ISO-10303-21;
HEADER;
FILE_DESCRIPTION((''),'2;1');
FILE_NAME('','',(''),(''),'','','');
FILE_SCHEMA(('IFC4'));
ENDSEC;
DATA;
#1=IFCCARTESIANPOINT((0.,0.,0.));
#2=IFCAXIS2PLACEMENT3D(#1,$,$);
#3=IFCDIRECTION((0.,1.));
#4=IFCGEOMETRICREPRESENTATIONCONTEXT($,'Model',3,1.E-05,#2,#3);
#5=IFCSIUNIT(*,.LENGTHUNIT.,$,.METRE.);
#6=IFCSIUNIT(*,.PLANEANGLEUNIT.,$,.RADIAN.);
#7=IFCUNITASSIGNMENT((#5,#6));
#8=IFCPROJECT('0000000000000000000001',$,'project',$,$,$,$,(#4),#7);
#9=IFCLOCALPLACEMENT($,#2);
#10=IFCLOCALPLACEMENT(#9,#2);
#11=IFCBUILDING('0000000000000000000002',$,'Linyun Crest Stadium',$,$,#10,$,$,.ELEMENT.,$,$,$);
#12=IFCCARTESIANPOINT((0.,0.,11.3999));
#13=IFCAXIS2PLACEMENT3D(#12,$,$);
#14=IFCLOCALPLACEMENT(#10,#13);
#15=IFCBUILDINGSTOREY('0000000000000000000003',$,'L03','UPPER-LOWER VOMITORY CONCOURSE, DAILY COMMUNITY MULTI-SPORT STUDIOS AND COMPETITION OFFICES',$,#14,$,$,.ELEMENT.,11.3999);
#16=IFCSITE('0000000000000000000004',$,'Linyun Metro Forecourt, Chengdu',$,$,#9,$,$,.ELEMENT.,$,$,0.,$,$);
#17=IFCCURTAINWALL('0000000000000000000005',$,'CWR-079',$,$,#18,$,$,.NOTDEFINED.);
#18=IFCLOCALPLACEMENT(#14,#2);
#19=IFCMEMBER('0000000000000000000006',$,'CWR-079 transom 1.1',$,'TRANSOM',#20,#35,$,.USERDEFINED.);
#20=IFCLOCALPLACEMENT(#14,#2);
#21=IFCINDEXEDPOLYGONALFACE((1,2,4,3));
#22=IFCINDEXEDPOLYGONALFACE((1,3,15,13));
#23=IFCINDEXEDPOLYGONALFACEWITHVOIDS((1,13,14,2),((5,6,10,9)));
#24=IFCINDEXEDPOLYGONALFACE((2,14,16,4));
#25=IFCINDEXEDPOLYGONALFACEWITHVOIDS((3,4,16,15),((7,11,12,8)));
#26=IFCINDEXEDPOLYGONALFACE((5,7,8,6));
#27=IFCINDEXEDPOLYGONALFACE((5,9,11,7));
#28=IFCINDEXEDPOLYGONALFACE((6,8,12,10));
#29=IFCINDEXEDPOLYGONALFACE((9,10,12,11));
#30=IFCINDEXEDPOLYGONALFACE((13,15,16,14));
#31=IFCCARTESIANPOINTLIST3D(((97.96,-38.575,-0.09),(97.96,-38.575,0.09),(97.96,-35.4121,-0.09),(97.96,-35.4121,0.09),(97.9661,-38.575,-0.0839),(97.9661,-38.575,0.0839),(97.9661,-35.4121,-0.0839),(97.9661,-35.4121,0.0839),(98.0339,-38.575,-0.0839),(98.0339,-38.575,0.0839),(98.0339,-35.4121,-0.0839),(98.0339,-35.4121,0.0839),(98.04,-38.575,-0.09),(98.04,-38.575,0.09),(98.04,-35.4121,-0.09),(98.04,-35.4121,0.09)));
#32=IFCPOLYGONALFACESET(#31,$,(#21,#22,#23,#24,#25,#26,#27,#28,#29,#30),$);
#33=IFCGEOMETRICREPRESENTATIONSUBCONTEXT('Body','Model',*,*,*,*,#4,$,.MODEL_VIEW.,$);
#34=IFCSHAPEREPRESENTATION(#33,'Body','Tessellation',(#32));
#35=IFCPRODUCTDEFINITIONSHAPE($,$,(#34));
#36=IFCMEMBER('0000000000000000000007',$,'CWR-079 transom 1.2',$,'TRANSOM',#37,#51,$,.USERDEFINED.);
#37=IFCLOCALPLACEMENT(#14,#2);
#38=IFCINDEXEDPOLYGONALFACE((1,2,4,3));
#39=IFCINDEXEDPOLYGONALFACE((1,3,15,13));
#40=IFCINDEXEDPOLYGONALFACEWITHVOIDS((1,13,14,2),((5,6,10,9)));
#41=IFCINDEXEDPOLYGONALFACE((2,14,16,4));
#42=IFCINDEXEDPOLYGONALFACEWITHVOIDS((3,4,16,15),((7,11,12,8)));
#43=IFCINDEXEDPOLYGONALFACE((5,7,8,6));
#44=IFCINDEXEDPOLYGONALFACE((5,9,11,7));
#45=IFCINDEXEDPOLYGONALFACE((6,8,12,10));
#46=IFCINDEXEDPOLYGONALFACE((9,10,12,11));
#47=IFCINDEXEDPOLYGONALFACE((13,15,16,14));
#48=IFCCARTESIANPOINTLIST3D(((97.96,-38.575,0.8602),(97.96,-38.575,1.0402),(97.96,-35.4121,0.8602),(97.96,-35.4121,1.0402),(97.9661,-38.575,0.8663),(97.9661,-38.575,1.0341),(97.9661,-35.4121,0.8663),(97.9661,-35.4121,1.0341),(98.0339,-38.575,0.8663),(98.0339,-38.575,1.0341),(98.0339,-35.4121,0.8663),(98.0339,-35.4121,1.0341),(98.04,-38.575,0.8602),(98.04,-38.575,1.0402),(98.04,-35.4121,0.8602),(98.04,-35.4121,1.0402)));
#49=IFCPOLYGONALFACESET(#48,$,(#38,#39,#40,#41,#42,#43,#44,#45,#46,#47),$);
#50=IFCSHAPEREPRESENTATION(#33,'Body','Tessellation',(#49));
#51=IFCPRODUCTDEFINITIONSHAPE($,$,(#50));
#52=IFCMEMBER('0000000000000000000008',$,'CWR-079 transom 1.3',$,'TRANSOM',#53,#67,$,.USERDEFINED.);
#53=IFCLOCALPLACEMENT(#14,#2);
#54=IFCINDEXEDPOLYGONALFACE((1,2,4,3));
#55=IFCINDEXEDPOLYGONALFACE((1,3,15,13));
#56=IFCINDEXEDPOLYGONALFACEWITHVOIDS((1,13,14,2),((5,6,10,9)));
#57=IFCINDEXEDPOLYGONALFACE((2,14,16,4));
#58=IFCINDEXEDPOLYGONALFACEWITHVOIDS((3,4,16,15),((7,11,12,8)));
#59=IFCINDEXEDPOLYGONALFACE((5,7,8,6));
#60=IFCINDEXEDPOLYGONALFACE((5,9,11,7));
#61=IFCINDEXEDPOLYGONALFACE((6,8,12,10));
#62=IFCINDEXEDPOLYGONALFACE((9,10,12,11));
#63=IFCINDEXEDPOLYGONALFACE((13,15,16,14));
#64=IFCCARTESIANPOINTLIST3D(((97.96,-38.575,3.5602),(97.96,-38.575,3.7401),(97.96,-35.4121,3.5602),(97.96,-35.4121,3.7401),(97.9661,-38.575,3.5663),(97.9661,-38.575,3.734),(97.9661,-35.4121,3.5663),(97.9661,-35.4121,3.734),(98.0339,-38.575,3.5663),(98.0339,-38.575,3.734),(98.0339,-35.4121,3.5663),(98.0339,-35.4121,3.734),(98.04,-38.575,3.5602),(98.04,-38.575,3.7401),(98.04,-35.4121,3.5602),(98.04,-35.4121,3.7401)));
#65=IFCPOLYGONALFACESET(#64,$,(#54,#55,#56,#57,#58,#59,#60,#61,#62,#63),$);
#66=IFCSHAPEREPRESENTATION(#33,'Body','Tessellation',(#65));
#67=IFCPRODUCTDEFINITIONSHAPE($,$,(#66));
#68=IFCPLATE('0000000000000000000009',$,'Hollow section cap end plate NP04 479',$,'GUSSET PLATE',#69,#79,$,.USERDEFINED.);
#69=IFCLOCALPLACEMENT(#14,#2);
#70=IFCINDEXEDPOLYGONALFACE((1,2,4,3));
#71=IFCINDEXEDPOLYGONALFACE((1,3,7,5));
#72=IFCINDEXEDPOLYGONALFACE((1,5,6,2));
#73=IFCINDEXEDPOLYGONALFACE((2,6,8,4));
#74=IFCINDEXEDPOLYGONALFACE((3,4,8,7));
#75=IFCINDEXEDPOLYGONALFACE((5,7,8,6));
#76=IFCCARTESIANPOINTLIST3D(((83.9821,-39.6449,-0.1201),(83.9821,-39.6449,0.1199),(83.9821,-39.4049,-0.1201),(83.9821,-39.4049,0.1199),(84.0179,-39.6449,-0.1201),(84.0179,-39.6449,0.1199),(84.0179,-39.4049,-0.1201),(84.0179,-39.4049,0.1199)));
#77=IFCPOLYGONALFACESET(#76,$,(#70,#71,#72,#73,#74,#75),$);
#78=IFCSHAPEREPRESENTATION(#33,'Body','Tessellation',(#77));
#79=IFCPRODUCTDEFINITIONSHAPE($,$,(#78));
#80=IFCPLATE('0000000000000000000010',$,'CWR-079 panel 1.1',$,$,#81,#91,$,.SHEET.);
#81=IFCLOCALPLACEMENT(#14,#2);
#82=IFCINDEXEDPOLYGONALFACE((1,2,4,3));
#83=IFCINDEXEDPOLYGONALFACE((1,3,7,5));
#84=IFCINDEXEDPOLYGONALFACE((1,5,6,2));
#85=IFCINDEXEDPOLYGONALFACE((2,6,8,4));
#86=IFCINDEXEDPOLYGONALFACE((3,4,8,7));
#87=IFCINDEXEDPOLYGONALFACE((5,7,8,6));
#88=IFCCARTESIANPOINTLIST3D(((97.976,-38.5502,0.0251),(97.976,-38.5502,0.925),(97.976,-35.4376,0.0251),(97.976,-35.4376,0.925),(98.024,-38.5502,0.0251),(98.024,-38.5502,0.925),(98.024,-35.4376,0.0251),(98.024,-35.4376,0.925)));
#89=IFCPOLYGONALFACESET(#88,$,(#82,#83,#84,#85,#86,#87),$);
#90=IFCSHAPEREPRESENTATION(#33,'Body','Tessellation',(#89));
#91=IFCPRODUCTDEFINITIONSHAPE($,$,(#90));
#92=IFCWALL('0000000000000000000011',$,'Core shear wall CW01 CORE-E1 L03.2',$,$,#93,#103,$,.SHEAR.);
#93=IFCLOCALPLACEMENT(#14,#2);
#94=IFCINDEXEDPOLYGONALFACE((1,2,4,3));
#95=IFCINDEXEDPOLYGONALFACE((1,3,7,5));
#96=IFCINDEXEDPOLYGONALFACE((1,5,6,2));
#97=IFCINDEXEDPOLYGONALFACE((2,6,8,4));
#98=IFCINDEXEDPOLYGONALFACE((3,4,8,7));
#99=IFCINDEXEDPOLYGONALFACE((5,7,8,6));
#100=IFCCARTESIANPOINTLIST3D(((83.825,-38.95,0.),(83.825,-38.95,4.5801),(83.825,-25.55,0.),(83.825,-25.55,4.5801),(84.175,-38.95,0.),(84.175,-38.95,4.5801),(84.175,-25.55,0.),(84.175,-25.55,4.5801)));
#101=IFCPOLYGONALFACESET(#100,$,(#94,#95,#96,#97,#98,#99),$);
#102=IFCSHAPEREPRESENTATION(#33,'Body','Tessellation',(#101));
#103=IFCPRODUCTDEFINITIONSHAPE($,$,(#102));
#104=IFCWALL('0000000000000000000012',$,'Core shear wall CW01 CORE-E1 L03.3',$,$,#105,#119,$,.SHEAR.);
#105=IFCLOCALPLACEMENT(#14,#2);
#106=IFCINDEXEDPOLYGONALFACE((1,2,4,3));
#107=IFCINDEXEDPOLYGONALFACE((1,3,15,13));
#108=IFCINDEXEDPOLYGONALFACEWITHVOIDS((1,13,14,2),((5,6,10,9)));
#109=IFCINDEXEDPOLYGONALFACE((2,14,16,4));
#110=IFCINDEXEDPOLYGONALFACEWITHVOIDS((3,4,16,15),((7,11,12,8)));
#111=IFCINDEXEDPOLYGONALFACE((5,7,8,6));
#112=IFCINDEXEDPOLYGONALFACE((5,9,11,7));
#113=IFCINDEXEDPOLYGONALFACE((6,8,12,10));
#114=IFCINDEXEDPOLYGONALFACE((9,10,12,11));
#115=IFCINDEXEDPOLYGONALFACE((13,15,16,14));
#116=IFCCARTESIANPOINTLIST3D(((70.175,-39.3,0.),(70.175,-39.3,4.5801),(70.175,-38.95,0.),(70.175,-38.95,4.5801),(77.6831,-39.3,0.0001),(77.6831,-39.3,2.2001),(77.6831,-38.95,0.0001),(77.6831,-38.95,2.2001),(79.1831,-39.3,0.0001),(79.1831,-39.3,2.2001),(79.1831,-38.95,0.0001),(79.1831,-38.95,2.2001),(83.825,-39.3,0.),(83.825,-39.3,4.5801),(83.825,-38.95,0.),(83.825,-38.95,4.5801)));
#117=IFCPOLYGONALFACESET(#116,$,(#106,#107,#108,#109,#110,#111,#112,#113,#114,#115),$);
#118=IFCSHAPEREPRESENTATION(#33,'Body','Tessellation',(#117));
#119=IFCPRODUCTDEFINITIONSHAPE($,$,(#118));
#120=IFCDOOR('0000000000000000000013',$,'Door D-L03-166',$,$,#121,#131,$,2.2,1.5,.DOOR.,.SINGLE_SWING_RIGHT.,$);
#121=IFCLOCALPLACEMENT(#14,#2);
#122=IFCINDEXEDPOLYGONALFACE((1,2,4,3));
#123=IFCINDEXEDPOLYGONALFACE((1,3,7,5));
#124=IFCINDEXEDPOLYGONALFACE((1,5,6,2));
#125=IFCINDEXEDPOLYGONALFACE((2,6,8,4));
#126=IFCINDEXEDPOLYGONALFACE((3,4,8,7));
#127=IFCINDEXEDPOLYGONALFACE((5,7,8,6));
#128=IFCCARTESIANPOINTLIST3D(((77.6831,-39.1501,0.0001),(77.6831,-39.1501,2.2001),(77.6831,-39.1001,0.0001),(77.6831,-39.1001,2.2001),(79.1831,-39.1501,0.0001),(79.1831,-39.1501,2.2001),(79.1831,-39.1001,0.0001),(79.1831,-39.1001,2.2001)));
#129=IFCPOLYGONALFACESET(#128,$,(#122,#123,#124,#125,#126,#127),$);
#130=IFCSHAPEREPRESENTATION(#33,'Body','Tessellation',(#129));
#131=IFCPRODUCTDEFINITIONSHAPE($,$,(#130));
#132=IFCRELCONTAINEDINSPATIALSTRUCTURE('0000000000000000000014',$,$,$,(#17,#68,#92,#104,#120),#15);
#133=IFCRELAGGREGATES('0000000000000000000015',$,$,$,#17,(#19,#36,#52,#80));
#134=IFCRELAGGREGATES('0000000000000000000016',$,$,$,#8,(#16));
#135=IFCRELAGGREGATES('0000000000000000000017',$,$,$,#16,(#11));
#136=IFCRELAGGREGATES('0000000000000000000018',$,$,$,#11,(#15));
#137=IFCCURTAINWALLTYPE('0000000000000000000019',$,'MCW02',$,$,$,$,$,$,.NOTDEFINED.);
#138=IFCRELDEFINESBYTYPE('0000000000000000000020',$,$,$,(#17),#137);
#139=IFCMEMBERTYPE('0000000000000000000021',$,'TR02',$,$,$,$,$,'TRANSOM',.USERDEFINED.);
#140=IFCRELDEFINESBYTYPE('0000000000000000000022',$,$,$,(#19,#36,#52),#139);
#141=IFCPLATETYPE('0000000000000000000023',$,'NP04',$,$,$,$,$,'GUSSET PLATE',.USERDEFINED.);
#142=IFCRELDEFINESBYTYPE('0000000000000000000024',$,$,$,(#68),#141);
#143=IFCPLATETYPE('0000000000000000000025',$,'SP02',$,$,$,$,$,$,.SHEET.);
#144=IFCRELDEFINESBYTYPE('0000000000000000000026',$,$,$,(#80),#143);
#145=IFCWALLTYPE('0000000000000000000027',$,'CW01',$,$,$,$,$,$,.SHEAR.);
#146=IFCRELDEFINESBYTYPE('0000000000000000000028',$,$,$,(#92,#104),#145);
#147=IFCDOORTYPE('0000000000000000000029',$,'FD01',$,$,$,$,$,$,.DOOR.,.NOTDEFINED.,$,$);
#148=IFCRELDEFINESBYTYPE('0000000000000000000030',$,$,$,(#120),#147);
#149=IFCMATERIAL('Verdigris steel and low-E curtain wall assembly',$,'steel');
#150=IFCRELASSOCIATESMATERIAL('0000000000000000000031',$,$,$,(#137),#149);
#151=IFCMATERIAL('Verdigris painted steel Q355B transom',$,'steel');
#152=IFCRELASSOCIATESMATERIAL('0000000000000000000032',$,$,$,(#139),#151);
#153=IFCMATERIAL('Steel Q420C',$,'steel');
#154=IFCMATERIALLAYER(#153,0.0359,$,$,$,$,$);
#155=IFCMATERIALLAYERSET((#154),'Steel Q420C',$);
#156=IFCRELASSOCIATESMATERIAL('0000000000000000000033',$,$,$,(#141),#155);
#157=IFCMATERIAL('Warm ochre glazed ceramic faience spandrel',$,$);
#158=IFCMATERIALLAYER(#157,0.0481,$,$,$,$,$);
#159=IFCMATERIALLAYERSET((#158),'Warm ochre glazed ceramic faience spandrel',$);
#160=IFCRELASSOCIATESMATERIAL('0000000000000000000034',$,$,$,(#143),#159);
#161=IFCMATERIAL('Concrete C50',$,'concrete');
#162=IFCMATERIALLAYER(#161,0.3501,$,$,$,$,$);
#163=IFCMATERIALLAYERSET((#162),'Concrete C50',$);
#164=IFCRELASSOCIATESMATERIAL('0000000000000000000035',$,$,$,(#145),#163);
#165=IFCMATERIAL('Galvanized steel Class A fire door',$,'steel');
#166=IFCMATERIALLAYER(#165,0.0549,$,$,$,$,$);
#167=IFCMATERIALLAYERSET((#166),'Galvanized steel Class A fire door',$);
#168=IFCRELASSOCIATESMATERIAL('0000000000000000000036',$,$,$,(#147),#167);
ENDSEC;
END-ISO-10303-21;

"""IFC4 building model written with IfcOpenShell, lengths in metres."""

from ifc_helpers import new_model, si_unit, direction, frame, frame_2d, origin, origin_2d, place, context, subcontext, project, spatial, rectangle, hollow_rectangle, extrude, material, layer, layer_set, material_profile, profile_set, type_object, element, fill, aggregate, save


model = new_model("IFC4")

# Units and contexts
model_context = context("Model", 3, precision=1e-05, world=origin(), true_north=direction((0.0, 1.0)))
body_context = subcontext(model_context, "Body", "Model", "MODEL_VIEW")
ifc_project = project(units=[si_unit("LENGTHUNIT", "METRE"), si_unit("PLANEANGLEUNIT", "RADIAN")], contexts=[model_context])

# Site, building, storey
site_placement = place(None, origin())
site = spatial("IfcSite", under=ifc_project, at=site_placement, Name="Linyun Metro Forecourt, Chengdu", CompositionType="ELEMENT", RefElevation=0.0)
building_placement = place(site_placement, origin())
building = spatial("IfcBuilding", under=site, at=building_placement, Name="Linyun Crest Stadium", CompositionType="ELEMENT")
storey_placement = place(building_placement, frame((0.0, 0.0, 11.3999)))
storey = spatial("IfcBuildingStorey", under=building, at=storey_placement, Name="L03", Description="UPPER-LOWER VOMITORY CONCOURSE, DAILY COMMUNITY MULTI-SPORT STUDIOS AND COMPETITION OFFICES", CompositionType="ELEMENT", Elevation=11.3999)

# Curtain wall, members
ifc_material_1 = material(Name="Verdigris steel and low-E curtain wall assembly", Category="steel")
curtain_wall_type = type_object("IfcCurtainWallType", Name="MCW02", PredefinedType="NOTDEFINED", material=ifc_material_1)
curtain_wall_placement = place(storey_placement, origin())
curtain_wall = element("IfcCurtainWall", 1, at=curtain_wall_placement, inside=storey, type_object=curtain_wall_type, Name="CWR-079", PredefinedType="NOTDEFINED")
ifc_material_2 = material(Name="Verdigris painted steel Q355B transom", Category="steel")
ifc_material_profile_1 = material_profile(ifc_material_2, hollow_rectangle(XDim=0.0801, YDim=0.1799, WallThickness=0.0061, at=origin_2d()), Name="RHS 180x80x6")
ifc_profile_set_1 = profile_set([ifc_material_profile_1], Name="Verdigris painted steel Q355B transom")
member_type_1 = type_object("IfcMemberType", Name="TR02", ElementType="TRANSOM", PredefinedType="USERDEFINED", material=ifc_profile_set_1)
member_1_placement = place(storey_placement, frame((98.0, -38.575, 0.0), z_axis=(0.0, 1.0, 0.0), x_axis=(-1.0, 0.0, 0.0)))
member_1 = element("IfcMember", 2, at=member_1_placement, type_object=member_type_1, Name="CWR-079 transom 1.1", ObjectType="TRANSOM", PredefinedType="USERDEFINED", context=body_context, shape_type="SweptSolid", body=[
    extrude(hollow_rectangle(XDim=0.0801, YDim=0.1799, WallThickness=0.0061, at=origin_2d()), origin(), (0.0, 0.0, 1.0), 3.1628),
])
member_2_placement = place(storey_placement, frame((98.0, -38.575, 0.9502), z_axis=(0.0, 1.0, 0.0), x_axis=(-1.0, 0.0, 0.0)))
member_2 = element("IfcMember", 3, at=member_2_placement, type_object=member_type_1, Name="CWR-079 transom 1.2", ObjectType="TRANSOM", PredefinedType="USERDEFINED", context=body_context, shape_type="SweptSolid", body=[
    extrude(hollow_rectangle(XDim=0.0801, YDim=0.1799, WallThickness=0.0061, at=origin_2d()), origin(), (0.0, 0.0, 1.0), 3.1628),
])
member_3_placement = place(storey_placement, frame((98.0, -38.575, 3.6501), z_axis=(0.0, 1.0, 0.0), x_axis=(-1.0, 0.0, 0.0)))
member_3 = element("IfcMember", 4, at=member_3_placement, type_object=member_type_1, Name="CWR-079 transom 1.3", ObjectType="TRANSOM", PredefinedType="USERDEFINED", context=body_context, shape_type="SweptSolid", body=[
    extrude(hollow_rectangle(XDim=0.0801, YDim=0.1799, WallThickness=0.0061, at=origin_2d()), origin(), (0.0, 0.0, 1.0), 3.1628),
])

# Plates
ifc_material_3 = material(Name="Steel Q420C", Category="steel")
ifc_layer_1 = layer(ifc_material_3, 0.0359)
ifc_layer_set_1 = layer_set([ifc_layer_1], Name="Steel Q420C")
plate_type_1 = type_object("IfcPlateType", Name="NP04", ElementType="GUSSET PLATE", PredefinedType="USERDEFINED", material=ifc_layer_set_1)
plate_1_placement = place(storey_placement, frame((84.0, -39.5249, -0.1201), z_axis=(0.0, 0.0, 1.0), x_axis=(0.0, 1.0, 0.0)))
element("IfcPlate", 5, at=plate_1_placement, inside=storey, type_object=plate_type_1, Name="Hollow section cap end plate NP04 479", ObjectType="GUSSET PLATE", PredefinedType="USERDEFINED", context=body_context, shape_type="SweptSolid", body=[
    extrude(rectangle(XDim=0.24, YDim=0.0359, at=origin_2d()), origin(), (0.0, 0.0, 1.0), 0.24),
])
ifc_material_4 = material(Name="Warm ochre glazed ceramic faience spandrel")
ifc_layer_2 = layer(ifc_material_4, 0.0481)
ifc_layer_set_2 = layer_set([ifc_layer_2], Name="Warm ochre glazed ceramic faience spandrel")
plate_type_2 = type_object("IfcPlateType", Name="SP02", PredefinedType="SHEET", material=ifc_layer_set_2)
plate_2_placement = place(storey_placement, frame((98.0, -36.9939, 0.0251), z_axis=(0.0, 0.0, 1.0), x_axis=(0.0, 1.0, 0.0)))
plate_2 = element("IfcPlate", 6, at=plate_2_placement, type_object=plate_type_2, Name="CWR-079 panel 1.1", PredefinedType="SHEET", context=body_context, shape_type="SweptSolid", body=[
    extrude(rectangle(XDim=3.1125, YDim=0.0481, at=origin_2d()), origin(), (0.0, 0.0, 1.0), 0.8999),
])
aggregate(curtain_wall, [member_1, member_2, member_3, plate_2])

# Wall
ifc_material_5 = material(Name="Concrete C50", Category="concrete")
ifc_layer_3 = layer(ifc_material_5, 0.3501)
ifc_layer_set_3 = layer_set([ifc_layer_3], Name="Concrete C50")
wall_type_1 = type_object("IfcWallType", Name="CW01", PredefinedType="SHEAR", material=ifc_layer_set_3)
wall_1_placement = place(storey_placement, frame((84.0, -38.95, 0.0), z_axis=(0.0, 0.0, 1.0), x_axis=(0.0, 1.0, 0.0)))
element("IfcWall", 7, at=wall_1_placement, inside=storey, type_object=wall_type_1, Name="Core shear wall CW01 CORE-E1 L03.2", PredefinedType="SHEAR", context=body_context, shape_type="SweptSolid", body=[
    extrude(rectangle(XDim=13.3999, YDim=0.3501, at=frame_2d((6.7, 0.0))), origin(), (0.0, 0.0, 1.0), 4.5801),
])

# Wall, opening, door
wall_2_placement = place(storey_placement, frame((70.175, -39.125, 0.0), z_axis=(0.0, 0.0, 1.0), x_axis=(1.0, 0.0, 0.0)))
wall_2 = element("IfcWall", 8, at=wall_2_placement, inside=storey, type_object=wall_type_1, Name="Core shear wall CW01 CORE-E1 L03.3", PredefinedType="SHEAR", context=body_context, shape_type="SweptSolid", body=[
    extrude(rectangle(XDim=13.6499, YDim=0.3501, at=frame_2d((6.825, 0.0))), origin(), (0.0, 0.0, 1.0), 4.5801),
])
opening_1_placement = place(wall_2_placement, frame((7.5081, 0.0, 0.0)))
opening_1 = element("IfcOpeningElement", 9, at=opening_1_placement, cuts=wall_2, PredefinedType="OPENING", context=body_context, shape_type="SweptSolid", body=[
    extrude(rectangle(XDim=1.5, YDim=2.2, at=frame_2d((0.75, 1.1001))), frame((0.0, 0.1851, 0.0), z_axis=(0.0, -1.0, 0.0), x_axis=(1.0, 0.0, 0.0)), (0.0, 0.0, 1.0), 0.3701),
])
ifc_material_6 = material(Name="Galvanized steel Class A fire door", Category="steel")
ifc_layer_4 = layer(ifc_material_6, 0.0549)
ifc_layer_set_4 = layer_set([ifc_layer_4], Name="Galvanized steel Class A fire door")
door_type_1 = type_object("IfcDoorType", Name="FD01", OperationType="NOTDEFINED", PredefinedType="DOOR", material=ifc_layer_set_4)
door_1_placement = place(opening_1_placement, origin())
door_1 = element("IfcDoor", 10, at=door_1_placement, inside=storey, type_object=door_type_1, Name="Door D-L03-166", OperationType="SINGLE_SWING_RIGHT", OverallHeight=2.2, OverallWidth=1.5, PredefinedType="DOOR", context=body_context, shape_type="SweptSolid", body=[
    extrude(rectangle(XDim=1.5, YDim=2.2, at=frame_2d((0.75, 1.1001))), frame((0.0, 0.0249, 0.0), z_axis=(0.0, -1.0, 0.0), x_axis=(1.0, 0.0, 0.0)), (0.0, 0.0, 1.0), 0.05),
])
fill(opening_1, door_1)

save(model, "model.ifc")
